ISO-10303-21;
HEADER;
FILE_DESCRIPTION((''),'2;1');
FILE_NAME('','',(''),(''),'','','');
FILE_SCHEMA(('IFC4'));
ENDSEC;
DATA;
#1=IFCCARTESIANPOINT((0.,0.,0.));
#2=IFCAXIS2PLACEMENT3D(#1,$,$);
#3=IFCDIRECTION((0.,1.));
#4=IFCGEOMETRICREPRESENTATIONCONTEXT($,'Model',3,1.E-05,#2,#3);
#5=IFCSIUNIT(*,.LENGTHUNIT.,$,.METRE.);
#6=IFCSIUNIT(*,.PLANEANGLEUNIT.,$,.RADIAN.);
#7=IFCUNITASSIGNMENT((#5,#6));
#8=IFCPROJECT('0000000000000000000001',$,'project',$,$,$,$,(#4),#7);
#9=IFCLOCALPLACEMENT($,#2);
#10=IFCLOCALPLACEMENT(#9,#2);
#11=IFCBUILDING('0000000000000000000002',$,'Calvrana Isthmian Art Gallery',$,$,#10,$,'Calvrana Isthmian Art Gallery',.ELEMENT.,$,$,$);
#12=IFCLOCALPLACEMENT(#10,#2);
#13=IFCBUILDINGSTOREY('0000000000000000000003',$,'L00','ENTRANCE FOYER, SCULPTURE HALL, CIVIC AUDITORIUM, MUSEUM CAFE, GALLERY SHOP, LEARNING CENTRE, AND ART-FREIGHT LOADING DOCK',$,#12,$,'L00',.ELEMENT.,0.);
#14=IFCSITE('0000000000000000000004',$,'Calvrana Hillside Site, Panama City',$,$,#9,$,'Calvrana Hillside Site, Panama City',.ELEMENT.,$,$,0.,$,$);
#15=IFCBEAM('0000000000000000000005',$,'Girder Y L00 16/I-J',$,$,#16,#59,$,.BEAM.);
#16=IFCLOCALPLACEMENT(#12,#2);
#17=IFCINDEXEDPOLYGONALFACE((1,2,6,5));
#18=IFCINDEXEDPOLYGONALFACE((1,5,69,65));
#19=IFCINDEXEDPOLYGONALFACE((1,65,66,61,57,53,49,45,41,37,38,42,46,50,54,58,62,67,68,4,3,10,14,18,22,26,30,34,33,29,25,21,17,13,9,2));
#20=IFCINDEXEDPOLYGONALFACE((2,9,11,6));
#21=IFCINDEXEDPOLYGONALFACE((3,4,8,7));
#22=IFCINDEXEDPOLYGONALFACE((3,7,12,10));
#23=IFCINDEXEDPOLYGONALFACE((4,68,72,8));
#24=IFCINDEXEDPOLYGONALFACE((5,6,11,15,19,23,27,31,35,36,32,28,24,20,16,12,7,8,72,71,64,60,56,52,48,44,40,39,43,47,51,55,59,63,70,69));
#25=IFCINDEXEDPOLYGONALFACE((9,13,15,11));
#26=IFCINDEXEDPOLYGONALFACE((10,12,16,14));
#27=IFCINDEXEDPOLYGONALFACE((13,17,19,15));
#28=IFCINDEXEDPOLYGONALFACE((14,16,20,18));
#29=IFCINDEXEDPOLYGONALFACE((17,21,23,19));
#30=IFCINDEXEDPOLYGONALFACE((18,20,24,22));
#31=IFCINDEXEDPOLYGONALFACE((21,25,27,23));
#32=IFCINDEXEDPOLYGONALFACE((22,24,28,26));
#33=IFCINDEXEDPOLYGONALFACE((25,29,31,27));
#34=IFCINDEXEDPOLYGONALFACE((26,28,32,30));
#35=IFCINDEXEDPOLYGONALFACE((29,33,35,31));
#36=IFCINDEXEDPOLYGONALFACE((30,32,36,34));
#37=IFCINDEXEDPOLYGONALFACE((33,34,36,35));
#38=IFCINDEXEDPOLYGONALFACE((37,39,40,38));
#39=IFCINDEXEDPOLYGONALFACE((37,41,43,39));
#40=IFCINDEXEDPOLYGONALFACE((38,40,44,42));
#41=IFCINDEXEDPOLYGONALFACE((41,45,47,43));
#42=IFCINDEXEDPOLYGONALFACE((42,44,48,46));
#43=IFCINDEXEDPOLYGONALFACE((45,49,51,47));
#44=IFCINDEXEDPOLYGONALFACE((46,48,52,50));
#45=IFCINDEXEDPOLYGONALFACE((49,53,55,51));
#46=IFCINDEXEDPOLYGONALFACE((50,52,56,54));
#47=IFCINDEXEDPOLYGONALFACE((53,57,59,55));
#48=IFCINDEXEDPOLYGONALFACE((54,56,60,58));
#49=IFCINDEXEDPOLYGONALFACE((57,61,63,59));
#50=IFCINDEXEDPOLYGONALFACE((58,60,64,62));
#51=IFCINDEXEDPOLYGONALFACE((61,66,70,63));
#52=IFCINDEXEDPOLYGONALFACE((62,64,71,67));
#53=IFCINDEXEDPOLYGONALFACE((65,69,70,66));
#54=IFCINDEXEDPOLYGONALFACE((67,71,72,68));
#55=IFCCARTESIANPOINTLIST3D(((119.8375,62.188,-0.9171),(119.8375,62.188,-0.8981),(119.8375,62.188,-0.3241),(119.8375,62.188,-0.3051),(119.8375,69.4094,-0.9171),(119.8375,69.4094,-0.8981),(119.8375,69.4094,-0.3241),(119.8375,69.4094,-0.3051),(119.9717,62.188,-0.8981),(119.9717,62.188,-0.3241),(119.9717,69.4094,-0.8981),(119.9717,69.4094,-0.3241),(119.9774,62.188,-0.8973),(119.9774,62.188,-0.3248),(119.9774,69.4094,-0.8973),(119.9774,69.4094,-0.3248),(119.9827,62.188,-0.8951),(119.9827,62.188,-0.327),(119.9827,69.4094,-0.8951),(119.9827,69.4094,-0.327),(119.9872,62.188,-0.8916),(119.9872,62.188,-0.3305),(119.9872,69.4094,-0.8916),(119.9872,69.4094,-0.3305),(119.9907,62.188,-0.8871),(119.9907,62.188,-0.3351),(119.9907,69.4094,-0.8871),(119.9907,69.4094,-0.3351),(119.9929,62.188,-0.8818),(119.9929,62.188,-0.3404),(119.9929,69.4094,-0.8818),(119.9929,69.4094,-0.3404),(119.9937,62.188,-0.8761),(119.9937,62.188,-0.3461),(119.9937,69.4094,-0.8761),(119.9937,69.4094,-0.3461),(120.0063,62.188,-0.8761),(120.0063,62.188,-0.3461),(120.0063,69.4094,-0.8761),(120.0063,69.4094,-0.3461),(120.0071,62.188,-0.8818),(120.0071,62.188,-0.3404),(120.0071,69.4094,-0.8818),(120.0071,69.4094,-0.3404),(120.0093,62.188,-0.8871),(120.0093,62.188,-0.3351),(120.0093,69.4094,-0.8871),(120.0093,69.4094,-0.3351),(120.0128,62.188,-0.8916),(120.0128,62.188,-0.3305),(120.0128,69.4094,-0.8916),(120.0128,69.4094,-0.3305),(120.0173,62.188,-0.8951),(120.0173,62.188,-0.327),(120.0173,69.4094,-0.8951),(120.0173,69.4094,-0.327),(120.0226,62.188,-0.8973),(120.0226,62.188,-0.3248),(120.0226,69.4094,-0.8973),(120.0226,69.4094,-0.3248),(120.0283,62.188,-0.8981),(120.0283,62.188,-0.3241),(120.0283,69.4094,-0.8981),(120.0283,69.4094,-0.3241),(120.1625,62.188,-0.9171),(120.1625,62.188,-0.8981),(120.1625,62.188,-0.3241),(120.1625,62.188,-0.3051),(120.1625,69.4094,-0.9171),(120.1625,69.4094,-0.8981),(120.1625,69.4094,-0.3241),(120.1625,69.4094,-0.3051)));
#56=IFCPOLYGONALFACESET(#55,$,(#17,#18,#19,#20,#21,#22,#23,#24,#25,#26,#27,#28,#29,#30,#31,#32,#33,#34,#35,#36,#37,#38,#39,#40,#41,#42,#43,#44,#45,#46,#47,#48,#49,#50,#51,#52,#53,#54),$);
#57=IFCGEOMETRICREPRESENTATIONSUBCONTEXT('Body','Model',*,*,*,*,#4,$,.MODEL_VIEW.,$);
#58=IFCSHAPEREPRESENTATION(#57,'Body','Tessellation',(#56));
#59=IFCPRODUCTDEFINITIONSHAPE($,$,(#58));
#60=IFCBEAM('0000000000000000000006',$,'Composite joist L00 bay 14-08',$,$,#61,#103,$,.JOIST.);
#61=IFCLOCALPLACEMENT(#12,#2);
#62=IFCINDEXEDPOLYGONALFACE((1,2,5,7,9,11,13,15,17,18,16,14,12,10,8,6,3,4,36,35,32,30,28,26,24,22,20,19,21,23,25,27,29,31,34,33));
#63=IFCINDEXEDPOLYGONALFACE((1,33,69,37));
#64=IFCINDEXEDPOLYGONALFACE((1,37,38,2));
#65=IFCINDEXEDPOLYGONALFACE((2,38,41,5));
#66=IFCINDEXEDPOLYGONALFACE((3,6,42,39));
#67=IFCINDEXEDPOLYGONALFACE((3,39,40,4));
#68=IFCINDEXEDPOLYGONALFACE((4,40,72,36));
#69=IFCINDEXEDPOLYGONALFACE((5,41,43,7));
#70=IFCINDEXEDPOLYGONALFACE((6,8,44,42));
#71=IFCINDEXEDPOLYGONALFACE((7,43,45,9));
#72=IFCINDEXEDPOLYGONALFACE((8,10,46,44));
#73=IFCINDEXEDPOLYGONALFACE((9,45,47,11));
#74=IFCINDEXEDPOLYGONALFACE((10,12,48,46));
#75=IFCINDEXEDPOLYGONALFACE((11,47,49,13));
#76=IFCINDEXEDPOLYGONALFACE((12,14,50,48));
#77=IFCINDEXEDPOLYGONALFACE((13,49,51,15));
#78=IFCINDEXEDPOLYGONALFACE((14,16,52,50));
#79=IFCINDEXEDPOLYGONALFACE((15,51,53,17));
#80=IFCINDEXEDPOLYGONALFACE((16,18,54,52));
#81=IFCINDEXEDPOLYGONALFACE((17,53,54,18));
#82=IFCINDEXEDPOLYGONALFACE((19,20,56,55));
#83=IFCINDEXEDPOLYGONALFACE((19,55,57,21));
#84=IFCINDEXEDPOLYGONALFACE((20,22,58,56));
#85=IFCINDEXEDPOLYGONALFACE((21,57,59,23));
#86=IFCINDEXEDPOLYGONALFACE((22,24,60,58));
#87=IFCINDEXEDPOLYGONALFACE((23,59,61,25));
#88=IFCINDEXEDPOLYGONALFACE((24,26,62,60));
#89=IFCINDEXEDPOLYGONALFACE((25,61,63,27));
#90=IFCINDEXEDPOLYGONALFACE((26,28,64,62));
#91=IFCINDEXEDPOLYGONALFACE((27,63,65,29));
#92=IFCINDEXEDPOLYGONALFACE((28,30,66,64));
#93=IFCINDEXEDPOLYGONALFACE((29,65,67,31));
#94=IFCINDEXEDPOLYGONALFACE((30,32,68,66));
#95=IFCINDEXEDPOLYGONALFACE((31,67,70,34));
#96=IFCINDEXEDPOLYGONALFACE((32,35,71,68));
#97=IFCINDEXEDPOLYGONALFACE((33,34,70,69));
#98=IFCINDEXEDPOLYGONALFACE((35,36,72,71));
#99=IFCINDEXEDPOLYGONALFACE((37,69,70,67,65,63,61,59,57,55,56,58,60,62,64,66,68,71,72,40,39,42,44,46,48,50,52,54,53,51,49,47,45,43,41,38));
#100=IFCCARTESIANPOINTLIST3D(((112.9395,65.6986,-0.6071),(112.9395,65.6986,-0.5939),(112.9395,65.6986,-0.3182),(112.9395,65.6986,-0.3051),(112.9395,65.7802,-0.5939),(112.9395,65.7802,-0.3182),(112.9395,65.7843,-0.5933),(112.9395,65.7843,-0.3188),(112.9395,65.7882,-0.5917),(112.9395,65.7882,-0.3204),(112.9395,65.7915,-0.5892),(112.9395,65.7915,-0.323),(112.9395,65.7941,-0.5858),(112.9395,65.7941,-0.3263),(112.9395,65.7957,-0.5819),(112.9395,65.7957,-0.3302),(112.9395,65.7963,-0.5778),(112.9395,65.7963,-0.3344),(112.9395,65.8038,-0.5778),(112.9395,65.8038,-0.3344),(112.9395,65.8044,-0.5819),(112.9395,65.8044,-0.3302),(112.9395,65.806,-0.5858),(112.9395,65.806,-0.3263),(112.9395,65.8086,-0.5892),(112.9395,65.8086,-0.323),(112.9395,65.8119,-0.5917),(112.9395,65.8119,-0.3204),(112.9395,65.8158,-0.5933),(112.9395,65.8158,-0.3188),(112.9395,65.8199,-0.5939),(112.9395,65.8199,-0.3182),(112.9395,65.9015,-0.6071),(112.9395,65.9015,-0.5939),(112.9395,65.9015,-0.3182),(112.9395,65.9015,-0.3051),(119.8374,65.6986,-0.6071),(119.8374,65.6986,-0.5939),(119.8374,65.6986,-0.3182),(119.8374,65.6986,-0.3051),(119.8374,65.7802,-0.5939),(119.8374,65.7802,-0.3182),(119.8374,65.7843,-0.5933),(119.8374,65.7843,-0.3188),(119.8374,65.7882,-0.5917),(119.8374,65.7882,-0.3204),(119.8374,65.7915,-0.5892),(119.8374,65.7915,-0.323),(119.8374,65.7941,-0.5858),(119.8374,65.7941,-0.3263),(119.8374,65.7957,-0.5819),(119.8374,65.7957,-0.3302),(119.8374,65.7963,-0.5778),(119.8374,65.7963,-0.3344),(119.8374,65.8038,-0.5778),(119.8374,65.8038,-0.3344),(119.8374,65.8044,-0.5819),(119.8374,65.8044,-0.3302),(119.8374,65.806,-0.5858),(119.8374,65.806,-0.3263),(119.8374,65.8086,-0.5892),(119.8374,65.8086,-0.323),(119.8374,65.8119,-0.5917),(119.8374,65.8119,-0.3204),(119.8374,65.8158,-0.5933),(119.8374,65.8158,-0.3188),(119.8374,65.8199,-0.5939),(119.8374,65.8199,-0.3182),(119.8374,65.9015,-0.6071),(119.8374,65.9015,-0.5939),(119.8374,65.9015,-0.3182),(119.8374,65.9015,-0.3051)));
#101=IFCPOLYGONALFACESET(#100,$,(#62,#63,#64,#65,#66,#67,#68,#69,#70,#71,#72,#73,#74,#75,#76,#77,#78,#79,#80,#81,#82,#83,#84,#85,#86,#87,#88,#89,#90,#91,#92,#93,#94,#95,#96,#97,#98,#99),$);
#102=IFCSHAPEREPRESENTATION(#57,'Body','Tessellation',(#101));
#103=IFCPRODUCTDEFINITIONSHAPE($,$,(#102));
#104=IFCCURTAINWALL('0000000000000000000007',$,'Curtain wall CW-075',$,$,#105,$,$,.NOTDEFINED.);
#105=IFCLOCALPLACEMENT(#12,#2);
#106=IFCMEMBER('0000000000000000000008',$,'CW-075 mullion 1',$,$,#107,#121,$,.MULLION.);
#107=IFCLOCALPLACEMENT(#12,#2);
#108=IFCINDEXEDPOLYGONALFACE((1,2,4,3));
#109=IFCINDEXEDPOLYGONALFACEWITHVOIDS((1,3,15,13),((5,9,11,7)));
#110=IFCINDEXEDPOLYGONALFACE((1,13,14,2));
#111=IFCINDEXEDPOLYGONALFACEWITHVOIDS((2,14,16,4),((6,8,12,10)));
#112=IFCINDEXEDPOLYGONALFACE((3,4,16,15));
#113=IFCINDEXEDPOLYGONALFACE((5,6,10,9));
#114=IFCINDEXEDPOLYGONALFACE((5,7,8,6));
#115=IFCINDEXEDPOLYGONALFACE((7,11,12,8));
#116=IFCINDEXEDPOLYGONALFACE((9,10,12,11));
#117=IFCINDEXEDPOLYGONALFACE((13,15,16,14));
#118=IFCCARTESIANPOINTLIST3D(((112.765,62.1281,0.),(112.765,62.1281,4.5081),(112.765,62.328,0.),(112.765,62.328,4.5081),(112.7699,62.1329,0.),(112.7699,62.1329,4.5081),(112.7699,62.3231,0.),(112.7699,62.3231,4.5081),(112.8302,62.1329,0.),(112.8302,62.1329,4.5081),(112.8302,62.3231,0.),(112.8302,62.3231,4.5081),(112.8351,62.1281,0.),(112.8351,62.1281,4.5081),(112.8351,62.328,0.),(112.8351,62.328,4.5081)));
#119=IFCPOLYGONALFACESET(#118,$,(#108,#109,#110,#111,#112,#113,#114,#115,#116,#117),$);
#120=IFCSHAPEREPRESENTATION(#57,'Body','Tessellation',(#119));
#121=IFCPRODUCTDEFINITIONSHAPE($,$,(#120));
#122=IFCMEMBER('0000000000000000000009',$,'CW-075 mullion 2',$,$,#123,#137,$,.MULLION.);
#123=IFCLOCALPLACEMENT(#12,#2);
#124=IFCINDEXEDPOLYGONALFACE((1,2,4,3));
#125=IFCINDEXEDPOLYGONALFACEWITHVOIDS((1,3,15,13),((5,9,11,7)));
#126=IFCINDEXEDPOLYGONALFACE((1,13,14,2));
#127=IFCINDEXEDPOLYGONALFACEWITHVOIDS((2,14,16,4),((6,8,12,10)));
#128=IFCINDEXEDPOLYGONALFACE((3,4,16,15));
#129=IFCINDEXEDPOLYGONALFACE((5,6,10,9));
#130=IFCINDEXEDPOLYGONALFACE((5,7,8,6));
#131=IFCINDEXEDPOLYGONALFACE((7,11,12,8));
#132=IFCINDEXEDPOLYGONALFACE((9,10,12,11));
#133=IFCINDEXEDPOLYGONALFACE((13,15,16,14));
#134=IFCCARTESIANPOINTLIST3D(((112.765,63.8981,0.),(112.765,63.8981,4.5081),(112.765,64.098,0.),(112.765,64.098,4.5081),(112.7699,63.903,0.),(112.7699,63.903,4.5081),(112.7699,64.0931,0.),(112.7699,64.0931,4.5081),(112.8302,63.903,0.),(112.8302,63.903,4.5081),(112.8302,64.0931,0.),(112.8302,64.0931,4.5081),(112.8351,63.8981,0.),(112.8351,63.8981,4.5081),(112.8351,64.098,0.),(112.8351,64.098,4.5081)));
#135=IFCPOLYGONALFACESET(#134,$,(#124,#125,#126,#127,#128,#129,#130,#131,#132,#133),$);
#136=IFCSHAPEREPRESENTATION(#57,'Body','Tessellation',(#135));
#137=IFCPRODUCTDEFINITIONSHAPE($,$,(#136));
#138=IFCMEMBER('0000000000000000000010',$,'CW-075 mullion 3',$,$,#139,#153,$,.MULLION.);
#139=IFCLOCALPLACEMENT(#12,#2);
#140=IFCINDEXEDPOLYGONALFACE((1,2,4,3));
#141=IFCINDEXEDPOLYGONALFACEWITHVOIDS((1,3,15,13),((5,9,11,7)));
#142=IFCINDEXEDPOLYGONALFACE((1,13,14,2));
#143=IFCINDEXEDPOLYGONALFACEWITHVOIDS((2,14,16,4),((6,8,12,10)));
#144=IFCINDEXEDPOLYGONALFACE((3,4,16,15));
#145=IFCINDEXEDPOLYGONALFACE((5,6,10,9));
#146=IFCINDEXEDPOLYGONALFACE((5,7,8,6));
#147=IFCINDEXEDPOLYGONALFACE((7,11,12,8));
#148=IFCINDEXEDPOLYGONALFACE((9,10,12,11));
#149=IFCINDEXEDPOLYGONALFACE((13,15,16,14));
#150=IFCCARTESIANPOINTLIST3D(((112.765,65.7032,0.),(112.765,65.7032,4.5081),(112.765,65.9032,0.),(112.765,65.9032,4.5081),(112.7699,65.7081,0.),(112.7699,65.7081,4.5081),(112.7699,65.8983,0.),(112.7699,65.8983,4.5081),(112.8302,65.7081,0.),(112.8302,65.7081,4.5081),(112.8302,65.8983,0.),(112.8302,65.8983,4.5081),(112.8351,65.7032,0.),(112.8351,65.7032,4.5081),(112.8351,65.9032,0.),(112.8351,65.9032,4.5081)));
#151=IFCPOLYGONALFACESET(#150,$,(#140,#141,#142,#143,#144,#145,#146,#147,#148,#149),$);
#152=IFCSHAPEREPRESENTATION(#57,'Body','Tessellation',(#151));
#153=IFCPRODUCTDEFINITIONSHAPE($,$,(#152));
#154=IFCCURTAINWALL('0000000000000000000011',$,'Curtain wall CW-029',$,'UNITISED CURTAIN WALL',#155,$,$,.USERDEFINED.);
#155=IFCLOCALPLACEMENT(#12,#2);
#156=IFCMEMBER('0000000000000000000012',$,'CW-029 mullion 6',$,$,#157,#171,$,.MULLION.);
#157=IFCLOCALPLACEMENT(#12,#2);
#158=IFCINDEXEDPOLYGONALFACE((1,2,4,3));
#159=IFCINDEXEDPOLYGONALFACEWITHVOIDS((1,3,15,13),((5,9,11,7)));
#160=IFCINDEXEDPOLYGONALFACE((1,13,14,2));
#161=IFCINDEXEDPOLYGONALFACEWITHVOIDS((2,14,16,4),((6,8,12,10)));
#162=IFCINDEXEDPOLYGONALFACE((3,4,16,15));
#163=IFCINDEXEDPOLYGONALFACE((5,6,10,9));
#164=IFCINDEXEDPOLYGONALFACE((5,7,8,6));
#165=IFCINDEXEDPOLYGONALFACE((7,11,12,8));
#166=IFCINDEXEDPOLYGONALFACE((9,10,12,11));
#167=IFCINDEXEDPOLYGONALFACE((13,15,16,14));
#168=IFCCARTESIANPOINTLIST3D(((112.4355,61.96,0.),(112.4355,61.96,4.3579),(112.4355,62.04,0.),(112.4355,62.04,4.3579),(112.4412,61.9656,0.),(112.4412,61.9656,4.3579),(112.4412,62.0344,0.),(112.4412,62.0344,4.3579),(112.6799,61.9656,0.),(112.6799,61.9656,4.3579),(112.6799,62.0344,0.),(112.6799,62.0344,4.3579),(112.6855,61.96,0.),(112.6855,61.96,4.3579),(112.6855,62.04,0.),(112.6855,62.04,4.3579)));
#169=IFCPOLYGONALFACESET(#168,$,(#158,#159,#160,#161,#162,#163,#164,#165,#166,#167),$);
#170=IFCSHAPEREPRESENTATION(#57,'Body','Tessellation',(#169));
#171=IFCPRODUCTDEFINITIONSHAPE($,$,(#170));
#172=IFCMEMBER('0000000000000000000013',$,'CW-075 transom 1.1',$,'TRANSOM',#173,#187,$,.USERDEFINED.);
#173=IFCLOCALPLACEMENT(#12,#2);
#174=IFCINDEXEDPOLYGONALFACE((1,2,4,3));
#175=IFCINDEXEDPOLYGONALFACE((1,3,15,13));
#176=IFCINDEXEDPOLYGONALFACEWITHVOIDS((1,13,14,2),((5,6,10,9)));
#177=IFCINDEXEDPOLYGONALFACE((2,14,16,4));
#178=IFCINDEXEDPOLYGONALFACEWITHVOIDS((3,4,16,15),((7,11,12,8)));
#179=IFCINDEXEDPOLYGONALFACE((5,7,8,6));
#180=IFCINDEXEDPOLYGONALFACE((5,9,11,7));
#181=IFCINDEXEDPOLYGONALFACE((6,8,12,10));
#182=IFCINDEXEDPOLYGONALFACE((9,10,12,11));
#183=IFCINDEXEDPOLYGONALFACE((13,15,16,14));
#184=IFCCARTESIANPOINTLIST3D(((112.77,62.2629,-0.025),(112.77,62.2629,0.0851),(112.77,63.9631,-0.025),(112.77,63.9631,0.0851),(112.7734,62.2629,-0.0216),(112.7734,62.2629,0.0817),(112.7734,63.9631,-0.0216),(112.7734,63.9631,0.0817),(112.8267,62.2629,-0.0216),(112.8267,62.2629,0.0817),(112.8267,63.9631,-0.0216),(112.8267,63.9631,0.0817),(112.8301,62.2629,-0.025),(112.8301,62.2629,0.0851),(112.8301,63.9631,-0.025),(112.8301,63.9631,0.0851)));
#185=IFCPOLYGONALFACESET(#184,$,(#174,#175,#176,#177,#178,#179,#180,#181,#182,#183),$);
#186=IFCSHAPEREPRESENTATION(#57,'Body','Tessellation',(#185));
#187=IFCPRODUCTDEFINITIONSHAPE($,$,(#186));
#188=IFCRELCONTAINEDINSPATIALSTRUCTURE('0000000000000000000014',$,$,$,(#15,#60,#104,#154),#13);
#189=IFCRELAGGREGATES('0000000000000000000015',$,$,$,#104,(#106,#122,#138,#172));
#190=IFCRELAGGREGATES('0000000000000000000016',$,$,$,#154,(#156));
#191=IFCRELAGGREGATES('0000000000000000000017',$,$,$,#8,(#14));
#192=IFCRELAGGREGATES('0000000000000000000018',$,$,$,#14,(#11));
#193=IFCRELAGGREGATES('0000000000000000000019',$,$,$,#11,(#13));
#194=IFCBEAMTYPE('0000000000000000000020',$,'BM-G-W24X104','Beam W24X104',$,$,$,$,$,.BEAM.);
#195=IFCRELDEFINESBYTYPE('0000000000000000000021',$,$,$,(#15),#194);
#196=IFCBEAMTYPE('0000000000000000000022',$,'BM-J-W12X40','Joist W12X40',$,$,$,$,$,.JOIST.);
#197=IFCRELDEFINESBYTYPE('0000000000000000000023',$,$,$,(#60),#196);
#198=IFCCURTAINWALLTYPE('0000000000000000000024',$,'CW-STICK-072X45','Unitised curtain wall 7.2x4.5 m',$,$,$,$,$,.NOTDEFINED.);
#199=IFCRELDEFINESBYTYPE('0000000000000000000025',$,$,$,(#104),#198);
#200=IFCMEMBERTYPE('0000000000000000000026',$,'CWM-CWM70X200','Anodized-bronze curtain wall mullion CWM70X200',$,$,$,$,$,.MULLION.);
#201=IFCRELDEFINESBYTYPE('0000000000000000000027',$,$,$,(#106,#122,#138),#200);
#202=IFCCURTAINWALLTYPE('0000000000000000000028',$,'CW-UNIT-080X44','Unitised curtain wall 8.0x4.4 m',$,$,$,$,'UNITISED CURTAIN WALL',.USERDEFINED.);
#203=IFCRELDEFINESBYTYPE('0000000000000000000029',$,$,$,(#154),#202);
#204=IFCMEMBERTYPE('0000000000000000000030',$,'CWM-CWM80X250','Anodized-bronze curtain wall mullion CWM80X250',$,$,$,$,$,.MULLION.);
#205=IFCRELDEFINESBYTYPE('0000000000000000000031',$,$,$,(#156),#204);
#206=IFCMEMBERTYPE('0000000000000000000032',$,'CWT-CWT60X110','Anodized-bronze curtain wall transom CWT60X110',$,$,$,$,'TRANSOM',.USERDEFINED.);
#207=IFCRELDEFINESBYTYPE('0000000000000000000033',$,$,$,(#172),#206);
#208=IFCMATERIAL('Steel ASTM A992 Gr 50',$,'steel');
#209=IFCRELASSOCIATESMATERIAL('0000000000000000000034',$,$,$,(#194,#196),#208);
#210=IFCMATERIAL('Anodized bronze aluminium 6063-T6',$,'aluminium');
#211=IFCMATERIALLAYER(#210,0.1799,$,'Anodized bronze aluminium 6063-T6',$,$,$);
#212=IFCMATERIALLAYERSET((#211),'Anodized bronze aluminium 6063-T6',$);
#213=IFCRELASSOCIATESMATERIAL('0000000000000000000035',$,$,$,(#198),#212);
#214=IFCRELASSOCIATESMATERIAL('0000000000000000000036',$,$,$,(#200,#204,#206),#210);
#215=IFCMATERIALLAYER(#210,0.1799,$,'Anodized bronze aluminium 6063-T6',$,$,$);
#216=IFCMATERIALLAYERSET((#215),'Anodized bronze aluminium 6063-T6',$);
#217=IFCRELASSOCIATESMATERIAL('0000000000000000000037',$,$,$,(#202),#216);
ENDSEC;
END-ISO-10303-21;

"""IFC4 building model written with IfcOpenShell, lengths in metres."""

from ifc_helpers import new_model, si_unit, direction, frame, origin, origin_2d, place, context, subcontext, project, spatial, hollow_rectangle, i_section, extrude, material, layer, layer_set, material_profile, profile_set, type_object, element, aggregate, save


model = new_model("IFC4")

# Units and contexts
model_context = context("Model", 3, precision=1e-05, world=origin(), true_north=direction((0.0, 1.0)))
body_context = subcontext(model_context, "Body", "Model", "MODEL_VIEW")
ifc_project = project(units=[si_unit("LENGTHUNIT", "METRE"), si_unit("PLANEANGLEUNIT", "RADIAN")], contexts=[model_context])

# Site, building, storey
site_placement = place(None, origin())
site = spatial("IfcSite", under=ifc_project, at=site_placement, Name="Calvrana Hillside Site, Panama City", LongName="Calvrana Hillside Site, Panama City", CompositionType="ELEMENT", RefElevation=0.0)
building_placement = place(site_placement, origin())
building = spatial("IfcBuilding", under=site, at=building_placement, Name="Calvrana Isthmian Art Gallery", LongName="Calvrana Isthmian Art Gallery", CompositionType="ELEMENT")
storey_placement = place(building_placement, origin())
storey = spatial("IfcBuildingStorey", under=building, at=storey_placement, Name="L00", Description="ENTRANCE FOYER, SCULPTURE HALL, CIVIC AUDITORIUM, MUSEUM CAFE, GALLERY SHOP, LEARNING CENTRE, AND ART-FREIGHT LOADING DOCK", LongName="L00", CompositionType="ELEMENT", Elevation=0.0)

# Shared definitions
ifc_material_1 = material(Name="Steel ASTM A992 Gr 50", Category="steel")

# Beams
ifc_material_profile_1 = material_profile(ifc_material_1, i_section(OverallWidth=0.325, OverallDepth=0.6121, WebThickness=0.0127, FlangeThickness=0.019, FilletRadius=0.022, at=origin_2d()), Name="W24X104")
ifc_profile_set_1 = profile_set([ifc_material_profile_1], Name="Steel ASTM A992 Gr 50")
beam_type_1 = type_object("IfcBeamType", Name="BM-G-W24X104", Description="Beam W24X104", PredefinedType="BEAM", material=ifc_profile_set_1)
beam_1_placement = place(storey_placement, frame((120.0, 62.188, -0.6111), z_axis=(0.0, 1.0, 0.0), x_axis=(-1.0, 0.0, 0.0)))
element("IfcBeam", 1, at=beam_1_placement, inside=storey, type_object=beam_type_1, Name="Girder Y L00 16/I-J", PredefinedType="BEAM", context=body_context, shape_type="SweptSolid", body=[
    extrude(i_section(OverallWidth=0.325, OverallDepth=0.6121, WebThickness=0.0127, FlangeThickness=0.019, FilletRadius=0.022, at=origin_2d()), origin(), (0.0, 0.0, 1.0), 7.2214),
])
ifc_material_profile_2 = material_profile(ifc_material_1, i_section(OverallWidth=0.2029, OverallDepth=0.302, WebThickness=0.0076, FlangeThickness=0.0132, FilletRadius=0.0161, at=origin_2d()), Name="W12X40")
ifc_profile_set_2 = profile_set([ifc_material_profile_2], Name="Steel ASTM A992 Gr 50")
beam_type_2 = type_object("IfcBeamType", Name="BM-J-W12X40", Description="Joist W12X40", PredefinedType="JOIST", material=ifc_profile_set_2)
beam_2_placement = place(storey_placement, frame((112.9395, 65.8, -0.4561), z_axis=(1.0, 0.0, 0.0), x_axis=(0.0, 1.0, 0.0)))
element("IfcBeam", 2, at=beam_2_placement, inside=storey, type_object=beam_type_2, Name="Composite joist L00 bay 14-08", PredefinedType="JOIST", context=body_context, shape_type="SweptSolid", body=[
    extrude(i_section(OverallWidth=0.2029, OverallDepth=0.302, WebThickness=0.0076, FlangeThickness=0.0132, FilletRadius=0.0161, at=origin_2d()), origin(), (0.0, 0.0, 1.0), 6.8979),
])

# Curtain wall, members
ifc_material_2 = material(Name="Anodized bronze aluminium 6063-T6", Category="aluminium")
ifc_layer_1 = layer(ifc_material_2, 0.1799, Name="Anodized bronze aluminium 6063-T6")
ifc_layer_set_1 = layer_set([ifc_layer_1], Name="Anodized bronze aluminium 6063-T6")
curtain_wall_type_1 = type_object("IfcCurtainWallType", Name="CW-STICK-072X45", Description="Unitised curtain wall 7.2x4.5 m", PredefinedType="NOTDEFINED", material=ifc_layer_set_1)
curtain_wall_1_placement = place(storey_placement, origin())
curtain_wall_1 = element("IfcCurtainWall", 3, at=curtain_wall_1_placement, inside=storey, type_object=curtain_wall_type_1, Name="Curtain wall CW-075", PredefinedType="NOTDEFINED")
ifc_material_profile_3 = material_profile(ifc_material_2, hollow_rectangle(XDim=0.0701, YDim=0.2, WallThickness=0.0049, at=origin_2d()), Name="CWM70X200")
ifc_profile_set_3 = profile_set([ifc_material_profile_3], Name="Anodized bronze aluminium 6063-T6")
member_type_1 = type_object("IfcMemberType", Name="CWM-CWM70X200", Description="Anodized-bronze curtain wall mullion CWM70X200", PredefinedType="MULLION", material=ifc_profile_set_3)
member_1_placement = place(storey_placement, frame((112.8, 62.228, 0.0), z_axis=(0.0, 0.0, 1.0), x_axis=(-1.0, 0.0, 0.0)))
member_1 = element("IfcMember", 4, at=member_1_placement, type_object=member_type_1, Name="CW-075 mullion 1", PredefinedType="MULLION", context=body_context, shape_type="SweptSolid", body=[
    extrude(hollow_rectangle(XDim=0.0701, YDim=0.2, WallThickness=0.0049, at=origin_2d()), origin(), (0.0, 0.0, 1.0), 4.5081),
])
member_2_placement = place(storey_placement, frame((112.8, 63.998, 0.0), z_axis=(0.0, 0.0, 1.0), x_axis=(-1.0, 0.0, 0.0)))
member_2 = element("IfcMember", 5, at=member_2_placement, type_object=member_type_1, Name="CW-075 mullion 2", PredefinedType="MULLION", context=body_context, shape_type="SweptSolid", body=[
    extrude(hollow_rectangle(XDim=0.0701, YDim=0.2, WallThickness=0.0049, at=origin_2d()), origin(), (0.0, 0.0, 1.0), 4.5081),
])
member_3_placement = place(storey_placement, frame((112.8, 65.8032, 0.0), z_axis=(0.0, 0.0, 1.0), x_axis=(-1.0, 0.0, 0.0)))
member_3 = element("IfcMember", 6, at=member_3_placement, type_object=member_type_1, Name="CW-075 mullion 3", PredefinedType="MULLION", context=body_context, shape_type="SweptSolid", body=[
    extrude(hollow_rectangle(XDim=0.0701, YDim=0.2, WallThickness=0.0049, at=origin_2d()), origin(), (0.0, 0.0, 1.0), 4.5081),
])

# Curtain wall, member
ifc_layer_2 = layer(ifc_material_2, 0.1799, Name="Anodized bronze aluminium 6063-T6")
ifc_layer_set_2 = layer_set([ifc_layer_2], Name="Anodized bronze aluminium 6063-T6")
curtain_wall_type_2 = type_object("IfcCurtainWallType", Name="CW-UNIT-080X44", Description="Unitised curtain wall 8.0x4.4 m", ElementType="UNITISED CURTAIN WALL", PredefinedType="USERDEFINED", material=ifc_layer_set_2)
curtain_wall_2_placement = place(storey_placement, origin())
curtain_wall_2 = element("IfcCurtainWall", 7, at=curtain_wall_2_placement, inside=storey, type_object=curtain_wall_type_2, Name="Curtain wall CW-029", ObjectType="UNITISED CURTAIN WALL", PredefinedType="USERDEFINED")
ifc_material_profile_4 = material_profile(ifc_material_2, hollow_rectangle(XDim=0.0801, YDim=0.25, WallThickness=0.0056, at=origin_2d()), Name="CWM80X250")
ifc_profile_set_4 = profile_set([ifc_material_profile_4], Name="Anodized bronze aluminium 6063-T6")
member_type_2 = type_object("IfcMemberType", Name="CWM-CWM80X250", Description="Anodized-bronze curtain wall mullion CWM80X250", PredefinedType="MULLION", material=ifc_profile_set_4)
member_4_placement = place(storey_placement, frame((112.5605, 62.0, 0.0), z_axis=(0.0, 0.0, 1.0), x_axis=(0.0, 1.0, 0.0)))
member_4 = element("IfcMember", 8, at=member_4_placement, type_object=member_type_2, Name="CW-029 mullion 6", PredefinedType="MULLION", context=body_context, shape_type="SweptSolid", body=[
    extrude(hollow_rectangle(XDim=0.0801, YDim=0.25, WallThickness=0.0056, at=origin_2d()), origin(), (0.0, 0.0, 1.0), 4.3579),
])

# Member
ifc_material_profile_5 = material_profile(ifc_material_2, hollow_rectangle(XDim=0.0601, YDim=0.1101, WallThickness=0.0034, at=origin_2d()), Name="CWT60X110")
ifc_profile_set_5 = profile_set([ifc_material_profile_5], Name="Anodized bronze aluminium 6063-T6")
member_type_3 = type_object("IfcMemberType", Name="CWT-CWT60X110", Description="Anodized-bronze curtain wall transom CWT60X110", ElementType="TRANSOM", PredefinedType="USERDEFINED", material=ifc_profile_set_5)
member_5_placement = place(storey_placement, frame((112.8, 62.2629, 0.03), z_axis=(0.0, 1.0, 0.0), x_axis=(-1.0, 0.0, 0.0)))
member_5 = element("IfcMember", 9, at=member_5_placement, type_object=member_type_3, Name="CW-075 transom 1.1", ObjectType="TRANSOM", PredefinedType="USERDEFINED", context=body_context, shape_type="SweptSolid", body=[
    extrude(hollow_rectangle(XDim=0.0601, YDim=0.1101, WallThickness=0.0034, at=origin_2d()), origin(), (0.0, 0.0, 1.0), 1.7002),
])

aggregate(curtain_wall_1, [member_1, member_2, member_3, member_5])
aggregate(curtain_wall_2, [member_4])

save(model, "model.ifc")
